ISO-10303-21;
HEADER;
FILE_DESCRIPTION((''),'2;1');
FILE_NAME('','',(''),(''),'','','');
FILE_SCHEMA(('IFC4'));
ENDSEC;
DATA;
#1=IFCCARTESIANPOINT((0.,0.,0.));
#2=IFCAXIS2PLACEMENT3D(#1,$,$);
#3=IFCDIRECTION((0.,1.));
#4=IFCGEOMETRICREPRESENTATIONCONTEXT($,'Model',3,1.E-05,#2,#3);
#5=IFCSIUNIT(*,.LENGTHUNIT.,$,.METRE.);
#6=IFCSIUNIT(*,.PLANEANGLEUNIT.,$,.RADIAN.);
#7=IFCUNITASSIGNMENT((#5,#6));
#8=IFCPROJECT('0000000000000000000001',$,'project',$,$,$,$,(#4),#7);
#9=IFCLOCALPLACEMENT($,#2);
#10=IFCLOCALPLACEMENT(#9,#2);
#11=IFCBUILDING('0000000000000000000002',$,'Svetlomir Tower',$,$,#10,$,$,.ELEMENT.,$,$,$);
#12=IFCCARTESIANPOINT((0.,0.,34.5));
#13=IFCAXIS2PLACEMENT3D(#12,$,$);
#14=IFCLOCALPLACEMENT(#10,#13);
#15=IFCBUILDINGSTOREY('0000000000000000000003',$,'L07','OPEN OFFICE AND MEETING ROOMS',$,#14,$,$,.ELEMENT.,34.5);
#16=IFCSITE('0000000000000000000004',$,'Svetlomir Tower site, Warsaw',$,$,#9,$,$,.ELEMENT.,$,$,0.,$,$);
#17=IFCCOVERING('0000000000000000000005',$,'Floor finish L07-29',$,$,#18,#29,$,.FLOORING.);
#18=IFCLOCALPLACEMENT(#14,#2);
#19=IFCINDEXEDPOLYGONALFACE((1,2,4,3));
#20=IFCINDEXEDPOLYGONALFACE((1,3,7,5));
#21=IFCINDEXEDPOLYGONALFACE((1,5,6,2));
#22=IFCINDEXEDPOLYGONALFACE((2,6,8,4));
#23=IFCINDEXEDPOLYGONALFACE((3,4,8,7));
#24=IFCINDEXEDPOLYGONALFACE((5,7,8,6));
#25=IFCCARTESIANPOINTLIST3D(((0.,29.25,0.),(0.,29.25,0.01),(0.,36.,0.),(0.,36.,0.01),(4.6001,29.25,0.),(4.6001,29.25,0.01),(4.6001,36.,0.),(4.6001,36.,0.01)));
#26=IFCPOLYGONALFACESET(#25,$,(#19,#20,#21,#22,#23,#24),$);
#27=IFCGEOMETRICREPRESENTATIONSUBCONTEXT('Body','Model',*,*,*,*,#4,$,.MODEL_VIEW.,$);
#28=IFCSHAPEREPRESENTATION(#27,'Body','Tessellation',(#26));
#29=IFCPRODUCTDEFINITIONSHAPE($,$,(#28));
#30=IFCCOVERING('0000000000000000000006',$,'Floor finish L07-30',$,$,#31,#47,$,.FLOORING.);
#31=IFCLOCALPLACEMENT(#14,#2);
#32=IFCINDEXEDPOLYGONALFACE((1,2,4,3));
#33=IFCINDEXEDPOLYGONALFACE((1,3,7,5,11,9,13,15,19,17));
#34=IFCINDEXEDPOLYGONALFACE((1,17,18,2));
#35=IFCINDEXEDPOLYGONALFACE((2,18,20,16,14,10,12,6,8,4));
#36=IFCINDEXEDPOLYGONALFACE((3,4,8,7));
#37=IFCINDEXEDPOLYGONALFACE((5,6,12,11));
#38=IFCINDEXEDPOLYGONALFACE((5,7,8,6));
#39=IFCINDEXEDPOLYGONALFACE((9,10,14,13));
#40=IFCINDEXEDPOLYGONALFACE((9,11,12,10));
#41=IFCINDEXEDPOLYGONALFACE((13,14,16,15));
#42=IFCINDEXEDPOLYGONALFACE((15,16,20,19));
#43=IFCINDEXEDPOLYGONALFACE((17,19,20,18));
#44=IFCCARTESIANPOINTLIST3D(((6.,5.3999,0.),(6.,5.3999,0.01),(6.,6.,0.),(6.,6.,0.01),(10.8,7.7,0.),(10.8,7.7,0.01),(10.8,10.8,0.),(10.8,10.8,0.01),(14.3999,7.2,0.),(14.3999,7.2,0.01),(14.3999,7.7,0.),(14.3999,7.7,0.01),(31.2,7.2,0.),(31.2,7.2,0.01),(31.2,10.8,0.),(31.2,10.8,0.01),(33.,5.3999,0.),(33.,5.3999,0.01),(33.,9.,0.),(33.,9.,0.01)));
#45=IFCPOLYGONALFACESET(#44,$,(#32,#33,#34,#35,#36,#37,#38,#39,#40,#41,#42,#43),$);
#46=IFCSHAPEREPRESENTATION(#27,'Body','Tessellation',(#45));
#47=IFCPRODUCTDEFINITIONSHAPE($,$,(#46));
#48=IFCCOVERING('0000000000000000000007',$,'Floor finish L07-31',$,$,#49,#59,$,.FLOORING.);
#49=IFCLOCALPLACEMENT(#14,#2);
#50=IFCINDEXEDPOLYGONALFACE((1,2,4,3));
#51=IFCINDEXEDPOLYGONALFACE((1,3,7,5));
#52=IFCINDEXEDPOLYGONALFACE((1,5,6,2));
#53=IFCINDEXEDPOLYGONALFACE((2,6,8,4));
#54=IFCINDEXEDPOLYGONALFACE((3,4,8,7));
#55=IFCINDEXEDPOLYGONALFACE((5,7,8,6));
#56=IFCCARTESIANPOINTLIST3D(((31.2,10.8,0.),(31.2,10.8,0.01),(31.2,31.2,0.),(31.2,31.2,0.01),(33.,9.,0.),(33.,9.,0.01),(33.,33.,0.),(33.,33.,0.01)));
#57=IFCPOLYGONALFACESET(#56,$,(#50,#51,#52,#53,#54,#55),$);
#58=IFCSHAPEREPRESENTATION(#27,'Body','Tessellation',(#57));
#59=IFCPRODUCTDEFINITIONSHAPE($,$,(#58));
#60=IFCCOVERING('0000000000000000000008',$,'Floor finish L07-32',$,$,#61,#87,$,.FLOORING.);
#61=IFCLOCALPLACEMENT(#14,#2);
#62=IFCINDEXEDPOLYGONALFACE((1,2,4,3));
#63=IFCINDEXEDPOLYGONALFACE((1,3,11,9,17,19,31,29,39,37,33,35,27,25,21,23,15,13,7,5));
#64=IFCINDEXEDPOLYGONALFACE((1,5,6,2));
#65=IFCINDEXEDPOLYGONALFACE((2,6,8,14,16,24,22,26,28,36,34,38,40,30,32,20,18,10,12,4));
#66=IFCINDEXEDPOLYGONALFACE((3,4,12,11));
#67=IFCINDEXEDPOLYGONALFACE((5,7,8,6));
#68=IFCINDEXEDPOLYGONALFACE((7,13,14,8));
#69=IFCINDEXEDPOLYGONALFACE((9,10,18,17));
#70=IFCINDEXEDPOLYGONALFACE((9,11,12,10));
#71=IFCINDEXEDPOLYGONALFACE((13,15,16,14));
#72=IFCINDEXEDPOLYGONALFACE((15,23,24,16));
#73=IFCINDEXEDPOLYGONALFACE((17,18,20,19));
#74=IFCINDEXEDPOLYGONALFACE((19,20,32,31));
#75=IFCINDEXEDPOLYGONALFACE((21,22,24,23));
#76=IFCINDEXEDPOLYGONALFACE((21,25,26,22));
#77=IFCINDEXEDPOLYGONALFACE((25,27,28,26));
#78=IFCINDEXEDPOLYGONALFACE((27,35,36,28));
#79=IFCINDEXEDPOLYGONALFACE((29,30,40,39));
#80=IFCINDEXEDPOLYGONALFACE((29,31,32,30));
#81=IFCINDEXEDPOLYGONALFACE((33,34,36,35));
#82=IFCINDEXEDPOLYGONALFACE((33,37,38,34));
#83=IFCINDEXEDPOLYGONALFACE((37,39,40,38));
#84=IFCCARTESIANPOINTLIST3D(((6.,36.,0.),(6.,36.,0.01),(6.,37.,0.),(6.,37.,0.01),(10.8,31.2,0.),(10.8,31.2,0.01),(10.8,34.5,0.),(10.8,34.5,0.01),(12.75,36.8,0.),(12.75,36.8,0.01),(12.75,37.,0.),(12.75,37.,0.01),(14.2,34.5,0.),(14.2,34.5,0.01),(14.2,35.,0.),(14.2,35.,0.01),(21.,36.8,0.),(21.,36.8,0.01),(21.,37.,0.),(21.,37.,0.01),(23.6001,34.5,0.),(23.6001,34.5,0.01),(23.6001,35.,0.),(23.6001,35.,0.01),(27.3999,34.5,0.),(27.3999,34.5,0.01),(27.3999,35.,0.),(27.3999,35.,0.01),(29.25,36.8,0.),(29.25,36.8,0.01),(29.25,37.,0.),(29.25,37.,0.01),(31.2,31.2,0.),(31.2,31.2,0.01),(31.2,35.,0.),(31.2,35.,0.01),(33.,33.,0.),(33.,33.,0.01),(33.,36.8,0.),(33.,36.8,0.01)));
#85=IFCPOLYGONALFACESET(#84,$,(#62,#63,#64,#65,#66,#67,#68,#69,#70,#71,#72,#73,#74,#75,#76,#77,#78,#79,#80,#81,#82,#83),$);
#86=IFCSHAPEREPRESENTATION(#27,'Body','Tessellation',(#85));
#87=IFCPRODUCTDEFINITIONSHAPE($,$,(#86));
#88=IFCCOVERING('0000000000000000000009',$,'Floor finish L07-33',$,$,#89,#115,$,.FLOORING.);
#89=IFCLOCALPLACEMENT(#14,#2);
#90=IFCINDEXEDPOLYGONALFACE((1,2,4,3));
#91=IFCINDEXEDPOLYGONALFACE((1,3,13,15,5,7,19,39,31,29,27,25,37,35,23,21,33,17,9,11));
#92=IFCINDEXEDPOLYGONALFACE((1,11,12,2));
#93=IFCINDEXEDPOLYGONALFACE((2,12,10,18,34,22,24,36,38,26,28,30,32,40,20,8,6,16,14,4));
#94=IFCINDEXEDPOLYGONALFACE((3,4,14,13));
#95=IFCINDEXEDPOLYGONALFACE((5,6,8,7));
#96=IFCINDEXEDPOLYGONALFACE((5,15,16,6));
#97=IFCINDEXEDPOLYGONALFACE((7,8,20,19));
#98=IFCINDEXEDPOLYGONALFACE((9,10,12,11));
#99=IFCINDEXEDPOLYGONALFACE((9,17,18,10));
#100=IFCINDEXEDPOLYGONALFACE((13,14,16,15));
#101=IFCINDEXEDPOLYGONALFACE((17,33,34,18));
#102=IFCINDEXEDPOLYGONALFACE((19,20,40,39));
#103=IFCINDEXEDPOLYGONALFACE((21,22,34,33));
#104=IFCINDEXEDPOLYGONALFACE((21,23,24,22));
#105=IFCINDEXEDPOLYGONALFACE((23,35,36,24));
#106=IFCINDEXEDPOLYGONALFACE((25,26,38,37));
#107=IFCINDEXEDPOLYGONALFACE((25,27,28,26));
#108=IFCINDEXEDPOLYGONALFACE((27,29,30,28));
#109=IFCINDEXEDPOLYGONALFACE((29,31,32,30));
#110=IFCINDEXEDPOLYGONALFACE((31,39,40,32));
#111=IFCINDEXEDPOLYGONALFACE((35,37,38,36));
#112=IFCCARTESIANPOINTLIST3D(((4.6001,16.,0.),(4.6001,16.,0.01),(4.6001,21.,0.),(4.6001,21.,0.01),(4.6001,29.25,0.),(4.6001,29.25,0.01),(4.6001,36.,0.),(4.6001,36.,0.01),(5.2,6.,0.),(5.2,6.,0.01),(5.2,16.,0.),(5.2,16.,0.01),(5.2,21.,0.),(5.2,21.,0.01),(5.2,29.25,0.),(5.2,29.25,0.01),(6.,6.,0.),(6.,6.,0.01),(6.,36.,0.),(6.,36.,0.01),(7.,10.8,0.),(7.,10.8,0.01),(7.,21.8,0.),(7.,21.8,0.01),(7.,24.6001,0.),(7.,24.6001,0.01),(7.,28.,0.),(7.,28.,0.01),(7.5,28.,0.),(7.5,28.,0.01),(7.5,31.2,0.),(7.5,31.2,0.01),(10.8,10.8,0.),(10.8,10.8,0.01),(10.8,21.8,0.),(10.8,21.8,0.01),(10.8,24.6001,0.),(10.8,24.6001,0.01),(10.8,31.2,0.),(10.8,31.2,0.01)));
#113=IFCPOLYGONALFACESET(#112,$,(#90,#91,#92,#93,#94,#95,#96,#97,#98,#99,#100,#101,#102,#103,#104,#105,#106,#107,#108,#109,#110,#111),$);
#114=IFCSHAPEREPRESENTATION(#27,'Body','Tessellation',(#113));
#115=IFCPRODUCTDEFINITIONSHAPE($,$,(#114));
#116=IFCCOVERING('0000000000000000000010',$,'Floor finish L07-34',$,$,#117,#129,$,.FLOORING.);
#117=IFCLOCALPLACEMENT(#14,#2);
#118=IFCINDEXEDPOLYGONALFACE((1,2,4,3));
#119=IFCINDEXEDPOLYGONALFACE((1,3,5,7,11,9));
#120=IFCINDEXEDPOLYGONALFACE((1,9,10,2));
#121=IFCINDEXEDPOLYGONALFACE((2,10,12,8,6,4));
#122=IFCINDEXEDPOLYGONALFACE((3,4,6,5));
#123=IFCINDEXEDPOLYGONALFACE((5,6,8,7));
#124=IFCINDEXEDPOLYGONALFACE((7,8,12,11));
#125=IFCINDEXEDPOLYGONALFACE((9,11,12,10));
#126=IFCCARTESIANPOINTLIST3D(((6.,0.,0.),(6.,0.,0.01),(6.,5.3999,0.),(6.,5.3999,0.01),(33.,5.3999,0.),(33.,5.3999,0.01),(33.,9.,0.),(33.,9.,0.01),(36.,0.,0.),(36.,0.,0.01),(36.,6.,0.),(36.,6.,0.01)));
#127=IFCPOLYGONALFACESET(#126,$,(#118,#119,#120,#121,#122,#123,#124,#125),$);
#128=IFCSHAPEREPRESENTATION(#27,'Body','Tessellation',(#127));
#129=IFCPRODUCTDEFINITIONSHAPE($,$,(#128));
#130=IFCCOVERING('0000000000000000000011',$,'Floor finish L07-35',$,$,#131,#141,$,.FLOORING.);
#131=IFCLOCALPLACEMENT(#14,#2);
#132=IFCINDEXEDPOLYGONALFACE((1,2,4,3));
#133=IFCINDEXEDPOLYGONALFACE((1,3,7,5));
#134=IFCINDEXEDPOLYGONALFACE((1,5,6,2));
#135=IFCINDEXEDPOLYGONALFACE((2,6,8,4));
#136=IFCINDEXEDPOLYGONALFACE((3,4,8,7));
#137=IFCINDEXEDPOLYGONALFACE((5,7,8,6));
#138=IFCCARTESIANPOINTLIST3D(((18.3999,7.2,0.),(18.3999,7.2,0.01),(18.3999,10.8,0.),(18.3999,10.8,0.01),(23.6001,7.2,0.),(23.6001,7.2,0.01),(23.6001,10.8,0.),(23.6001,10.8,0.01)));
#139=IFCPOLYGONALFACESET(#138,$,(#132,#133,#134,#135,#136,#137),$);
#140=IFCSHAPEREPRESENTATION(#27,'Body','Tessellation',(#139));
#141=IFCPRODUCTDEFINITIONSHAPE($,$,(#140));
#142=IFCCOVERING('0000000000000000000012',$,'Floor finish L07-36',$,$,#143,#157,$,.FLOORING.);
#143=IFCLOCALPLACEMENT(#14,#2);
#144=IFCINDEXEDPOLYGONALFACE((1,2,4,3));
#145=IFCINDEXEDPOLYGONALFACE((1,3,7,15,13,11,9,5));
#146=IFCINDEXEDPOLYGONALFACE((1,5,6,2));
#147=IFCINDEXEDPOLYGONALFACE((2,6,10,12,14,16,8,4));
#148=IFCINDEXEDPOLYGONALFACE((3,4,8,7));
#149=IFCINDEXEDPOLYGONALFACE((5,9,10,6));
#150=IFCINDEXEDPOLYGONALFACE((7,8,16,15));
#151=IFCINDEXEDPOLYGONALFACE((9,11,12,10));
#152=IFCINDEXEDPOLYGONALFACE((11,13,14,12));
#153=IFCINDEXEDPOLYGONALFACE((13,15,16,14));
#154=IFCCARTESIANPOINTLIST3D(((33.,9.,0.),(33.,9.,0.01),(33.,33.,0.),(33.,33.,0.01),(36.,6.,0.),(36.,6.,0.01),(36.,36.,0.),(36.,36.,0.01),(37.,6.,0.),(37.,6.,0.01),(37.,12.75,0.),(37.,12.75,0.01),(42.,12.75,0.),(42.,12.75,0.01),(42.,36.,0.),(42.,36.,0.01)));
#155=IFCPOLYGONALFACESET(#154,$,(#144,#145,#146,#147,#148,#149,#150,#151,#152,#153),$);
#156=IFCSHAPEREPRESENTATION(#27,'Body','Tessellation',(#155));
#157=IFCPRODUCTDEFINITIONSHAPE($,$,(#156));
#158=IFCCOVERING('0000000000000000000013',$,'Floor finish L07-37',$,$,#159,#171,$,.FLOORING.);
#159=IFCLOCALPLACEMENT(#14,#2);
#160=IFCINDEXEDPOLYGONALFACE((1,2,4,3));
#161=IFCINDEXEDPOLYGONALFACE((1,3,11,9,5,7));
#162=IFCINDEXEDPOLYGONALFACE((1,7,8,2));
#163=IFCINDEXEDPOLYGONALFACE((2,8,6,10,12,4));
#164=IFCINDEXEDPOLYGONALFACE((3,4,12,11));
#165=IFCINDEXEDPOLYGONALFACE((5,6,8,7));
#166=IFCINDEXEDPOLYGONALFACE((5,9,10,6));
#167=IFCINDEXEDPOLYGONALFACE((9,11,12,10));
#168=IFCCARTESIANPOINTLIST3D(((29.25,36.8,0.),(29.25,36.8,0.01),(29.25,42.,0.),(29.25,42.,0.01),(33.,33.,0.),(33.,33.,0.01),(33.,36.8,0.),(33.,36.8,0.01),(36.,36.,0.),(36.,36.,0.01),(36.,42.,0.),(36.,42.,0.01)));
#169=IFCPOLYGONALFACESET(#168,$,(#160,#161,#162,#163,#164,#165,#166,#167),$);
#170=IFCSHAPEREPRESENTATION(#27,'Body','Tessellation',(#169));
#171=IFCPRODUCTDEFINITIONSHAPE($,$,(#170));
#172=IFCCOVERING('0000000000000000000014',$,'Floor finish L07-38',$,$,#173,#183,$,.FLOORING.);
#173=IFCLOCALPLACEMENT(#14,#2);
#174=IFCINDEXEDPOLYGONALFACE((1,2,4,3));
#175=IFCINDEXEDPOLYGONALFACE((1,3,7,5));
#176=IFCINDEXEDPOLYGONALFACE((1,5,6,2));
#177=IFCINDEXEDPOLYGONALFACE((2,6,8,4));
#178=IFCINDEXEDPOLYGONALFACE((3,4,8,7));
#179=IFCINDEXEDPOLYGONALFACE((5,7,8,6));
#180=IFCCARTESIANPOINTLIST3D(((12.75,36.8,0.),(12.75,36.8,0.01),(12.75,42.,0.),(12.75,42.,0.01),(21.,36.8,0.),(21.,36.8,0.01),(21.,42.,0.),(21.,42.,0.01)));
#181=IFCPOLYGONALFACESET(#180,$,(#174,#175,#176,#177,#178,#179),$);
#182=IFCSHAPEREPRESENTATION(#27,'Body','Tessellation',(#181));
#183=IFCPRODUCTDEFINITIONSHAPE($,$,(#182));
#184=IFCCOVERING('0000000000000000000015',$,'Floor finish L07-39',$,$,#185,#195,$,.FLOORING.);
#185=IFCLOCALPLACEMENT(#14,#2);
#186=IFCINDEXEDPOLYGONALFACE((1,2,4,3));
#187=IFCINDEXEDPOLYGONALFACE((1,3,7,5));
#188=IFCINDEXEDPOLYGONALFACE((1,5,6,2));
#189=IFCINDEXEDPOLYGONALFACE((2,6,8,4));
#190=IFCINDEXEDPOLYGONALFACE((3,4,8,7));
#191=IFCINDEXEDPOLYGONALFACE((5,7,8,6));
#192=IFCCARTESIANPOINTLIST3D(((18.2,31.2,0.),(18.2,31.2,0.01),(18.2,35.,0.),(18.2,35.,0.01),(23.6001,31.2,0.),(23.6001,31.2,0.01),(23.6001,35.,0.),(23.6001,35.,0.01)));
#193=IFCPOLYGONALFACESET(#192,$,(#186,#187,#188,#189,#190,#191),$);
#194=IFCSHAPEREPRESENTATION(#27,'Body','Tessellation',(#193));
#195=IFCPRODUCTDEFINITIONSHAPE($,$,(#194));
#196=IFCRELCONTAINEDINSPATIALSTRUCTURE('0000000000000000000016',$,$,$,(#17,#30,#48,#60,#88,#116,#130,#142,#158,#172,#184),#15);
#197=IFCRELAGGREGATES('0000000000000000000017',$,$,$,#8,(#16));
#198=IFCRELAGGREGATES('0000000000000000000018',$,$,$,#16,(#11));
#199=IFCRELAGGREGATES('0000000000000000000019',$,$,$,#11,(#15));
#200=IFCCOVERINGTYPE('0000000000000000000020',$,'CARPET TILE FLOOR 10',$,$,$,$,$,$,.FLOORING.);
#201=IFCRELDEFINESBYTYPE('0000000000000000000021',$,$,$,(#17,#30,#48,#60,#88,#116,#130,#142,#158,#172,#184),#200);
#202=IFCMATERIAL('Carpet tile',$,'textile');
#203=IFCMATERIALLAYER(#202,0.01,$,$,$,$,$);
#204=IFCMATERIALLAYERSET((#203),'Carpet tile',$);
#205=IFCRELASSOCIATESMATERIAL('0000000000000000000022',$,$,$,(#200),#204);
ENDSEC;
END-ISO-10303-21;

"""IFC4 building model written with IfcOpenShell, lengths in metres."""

from ifc_helpers import new_model, si_unit, direction, frame, origin, place, context, subcontext, project, spatial, polyline, outline, extrude, material, layer, layer_set, type_object, element, save


model = new_model("IFC4")

# Units and contexts
model_context = context("Model", 3, precision=1e-05, world=origin(), true_north=direction((0.0, 1.0)))
body_context = subcontext(model_context, "Body", "Model", "MODEL_VIEW")
ifc_project = project(units=[si_unit("LENGTHUNIT", "METRE"), si_unit("PLANEANGLEUNIT", "RADIAN")], contexts=[model_context])

# Site, building, storey
site_placement = place(None, origin())
site = spatial("IfcSite", under=ifc_project, at=site_placement, Name="Svetlomir Tower site, Warsaw", CompositionType="ELEMENT", RefElevation=0.0)
building_placement = place(site_placement, origin())
building = spatial("IfcBuilding", under=site, at=building_placement, Name="Svetlomir Tower", CompositionType="ELEMENT")
storey_placement = place(building_placement, frame((0.0, 0.0, 34.5)))
storey = spatial("IfcBuildingStorey", under=building, at=storey_placement, Name="L07", Description="OPEN OFFICE AND MEETING ROOMS", CompositionType="ELEMENT", Elevation=34.5)

# Coverings
ifc_material_1 = material(Name="Carpet tile", Category="textile")
ifc_layer_1 = layer(ifc_material_1, 0.01)
ifc_layer_set_1 = layer_set([ifc_layer_1], Name="Carpet tile")
covering_type_1 = type_object("IfcCoveringType", Name="CARPET TILE FLOOR 10", PredefinedType="FLOORING", material=ifc_layer_set_1)
covering_1_placement = place(storey_placement, origin())
element("IfcCovering", 1, at=covering_1_placement, inside=storey, type_object=covering_type_1, Name="Floor finish L07-29", PredefinedType="FLOORING", context=body_context, shape_type="SweptSolid", body=[
    extrude(outline(polyline([(0.0, 29.25), (4.6001, 29.25), (4.6001, 36.0), (0.0, 36.0), (0.0, 29.25)])), origin(), (0.0, 0.0, 1.0), 0.01),
])
covering_2_placement = place(storey_placement, origin())
element("IfcCovering", 2, at=covering_2_placement, inside=storey, type_object=covering_type_1, Name="Floor finish L07-30", PredefinedType="FLOORING", context=body_context, shape_type="SweptSolid", body=[
    extrude(outline(polyline([(33.0, 5.3999), (6.0, 5.3999), (6.0, 6.0), (10.8, 10.8), (10.8, 7.7), (14.3999, 7.7), (14.3999, 7.2), (31.2, 7.2), (31.2, 10.8), (33.0, 9.0), (33.0, 5.3999)])), origin(), (0.0, 0.0, 1.0), 0.01),
])
covering_3_placement = place(storey_placement, origin())
element("IfcCovering", 3, at=covering_3_placement, inside=storey, type_object=covering_type_1, Name="Floor finish L07-31", PredefinedType="FLOORING", context=body_context, shape_type="SweptSolid", body=[
    extrude(outline(polyline([(33.0, 9.0), (31.2, 10.8), (31.2, 31.2), (33.0, 33.0), (33.0, 9.0)])), origin(), (0.0, 0.0, 1.0), 0.01),
])
covering_4_placement = place(storey_placement, origin())
element("IfcCovering", 4, at=covering_4_placement, inside=storey, type_object=covering_type_1, Name="Floor finish L07-32", PredefinedType="FLOORING", context=body_context, shape_type="SweptSolid", body=[
    extrude(outline(polyline([(6.0, 37.0), (12.75, 37.0), (12.75, 36.8), (21.0, 36.8), (21.0, 37.0), (29.25, 37.0), (29.25, 36.8), (33.0, 36.8), (33.0, 33.0), (31.2, 31.2), (31.2, 35.0), (27.3999, 35.0), (27.3999, 34.5), (23.6001, 34.5), (23.6001, 35.0), (14.2, 35.0), (14.2, 34.5), (10.8, 34.5), (10.8, 31.2), (6.0, 36.0), (6.0, 37.0)])), origin(), (0.0, 0.0, 1.0), 0.01),
])
covering_5_placement = place(storey_placement, origin())
element("IfcCovering", 5, at=covering_5_placement, inside=storey, type_object=covering_type_1, Name="Floor finish L07-33", PredefinedType="FLOORING", context=body_context, shape_type="SweptSolid", body=[
    extrude(outline(polyline([(5.2, 21.0), (5.2, 29.25), (4.6001, 29.25), (4.6001, 36.0), (6.0, 36.0), (10.8, 31.2), (7.5, 31.2), (7.5, 28.0), (7.0, 28.0), (7.0, 24.6001), (10.8, 24.6001), (10.8, 21.8), (7.0, 21.8), (7.0, 10.8), (10.8, 10.8), (6.0, 6.0), (5.2, 6.0), (5.2, 16.0), (4.6001, 16.0), (4.6001, 21.0), (5.2, 21.0)])), origin(), (0.0, 0.0, 1.0), 0.01),
])
covering_6_placement = place(storey_placement, origin())
element("IfcCovering", 6, at=covering_6_placement, inside=storey, type_object=covering_type_1, Name="Floor finish L07-34", PredefinedType="FLOORING", context=body_context, shape_type="SweptSolid", body=[
    extrude(outline(polyline([(6.0, 0.0), (6.0, 5.3999), (33.0, 5.3999), (33.0, 9.0), (36.0, 6.0), (36.0, 0.0), (6.0, 0.0)])), origin(), (0.0, 0.0, 1.0), 0.01),
])
covering_7_placement = place(storey_placement, origin())
element("IfcCovering", 7, at=covering_7_placement, inside=storey, type_object=covering_type_1, Name="Floor finish L07-35", PredefinedType="FLOORING", context=body_context, shape_type="SweptSolid", body=[
    extrude(outline(polyline([(23.6001, 10.8), (23.6001, 7.2), (18.3999, 7.2), (18.3999, 10.8), (23.6001, 10.8)])), origin(), (0.0, 0.0, 1.0), 0.01),
])
covering_8_placement = place(storey_placement, origin())
element("IfcCovering", 8, at=covering_8_placement, inside=storey, type_object=covering_type_1, Name="Floor finish L07-36", PredefinedType="FLOORING", context=body_context, shape_type="SweptSolid", body=[
    extrude(outline(polyline([(33.0, 33.0), (36.0, 36.0), (42.0, 36.0), (42.0, 12.75), (37.0, 12.75), (37.0, 6.0), (36.0, 6.0), (33.0, 9.0), (33.0, 33.0)])), origin(), (0.0, 0.0, 1.0), 0.01),
])
covering_9_placement = place(storey_placement, origin())
element("IfcCovering", 9, at=covering_9_placement, inside=storey, type_object=covering_type_1, Name="Floor finish L07-37", PredefinedType="FLOORING", context=body_context, shape_type="SweptSolid", body=[
    extrude(outline(polyline([(33.0, 36.8), (29.25, 36.8), (29.25, 42.0), (36.0, 42.0), (36.0, 36.0), (33.0, 33.0), (33.0, 36.8)])), origin(), (0.0, 0.0, 1.0), 0.01),
])
covering_10_placement = place(storey_placement, origin())
element("IfcCovering", 10, at=covering_10_placement, inside=storey, type_object=covering_type_1, Name="Floor finish L07-38", PredefinedType="FLOORING", context=body_context, shape_type="SweptSolid", body=[
    extrude(outline(polyline([(21.0, 42.0), (21.0, 36.8), (12.75, 36.8), (12.75, 42.0), (21.0, 42.0)])), origin(), (0.0, 0.0, 1.0), 0.01),
])
covering_11_placement = place(storey_placement, origin())
element("IfcCovering", 11, at=covering_11_placement, inside=storey, type_object=covering_type_1, Name="Floor finish L07-39", PredefinedType="FLOORING", context=body_context, shape_type="SweptSolid", body=[
    extrude(outline(polyline([(18.2, 31.2), (18.2, 35.0), (23.6001, 35.0), (23.6001, 31.2), (18.2, 31.2)])), origin(), (0.0, 0.0, 1.0), 0.01),
])

save(model, "model.ifc")
